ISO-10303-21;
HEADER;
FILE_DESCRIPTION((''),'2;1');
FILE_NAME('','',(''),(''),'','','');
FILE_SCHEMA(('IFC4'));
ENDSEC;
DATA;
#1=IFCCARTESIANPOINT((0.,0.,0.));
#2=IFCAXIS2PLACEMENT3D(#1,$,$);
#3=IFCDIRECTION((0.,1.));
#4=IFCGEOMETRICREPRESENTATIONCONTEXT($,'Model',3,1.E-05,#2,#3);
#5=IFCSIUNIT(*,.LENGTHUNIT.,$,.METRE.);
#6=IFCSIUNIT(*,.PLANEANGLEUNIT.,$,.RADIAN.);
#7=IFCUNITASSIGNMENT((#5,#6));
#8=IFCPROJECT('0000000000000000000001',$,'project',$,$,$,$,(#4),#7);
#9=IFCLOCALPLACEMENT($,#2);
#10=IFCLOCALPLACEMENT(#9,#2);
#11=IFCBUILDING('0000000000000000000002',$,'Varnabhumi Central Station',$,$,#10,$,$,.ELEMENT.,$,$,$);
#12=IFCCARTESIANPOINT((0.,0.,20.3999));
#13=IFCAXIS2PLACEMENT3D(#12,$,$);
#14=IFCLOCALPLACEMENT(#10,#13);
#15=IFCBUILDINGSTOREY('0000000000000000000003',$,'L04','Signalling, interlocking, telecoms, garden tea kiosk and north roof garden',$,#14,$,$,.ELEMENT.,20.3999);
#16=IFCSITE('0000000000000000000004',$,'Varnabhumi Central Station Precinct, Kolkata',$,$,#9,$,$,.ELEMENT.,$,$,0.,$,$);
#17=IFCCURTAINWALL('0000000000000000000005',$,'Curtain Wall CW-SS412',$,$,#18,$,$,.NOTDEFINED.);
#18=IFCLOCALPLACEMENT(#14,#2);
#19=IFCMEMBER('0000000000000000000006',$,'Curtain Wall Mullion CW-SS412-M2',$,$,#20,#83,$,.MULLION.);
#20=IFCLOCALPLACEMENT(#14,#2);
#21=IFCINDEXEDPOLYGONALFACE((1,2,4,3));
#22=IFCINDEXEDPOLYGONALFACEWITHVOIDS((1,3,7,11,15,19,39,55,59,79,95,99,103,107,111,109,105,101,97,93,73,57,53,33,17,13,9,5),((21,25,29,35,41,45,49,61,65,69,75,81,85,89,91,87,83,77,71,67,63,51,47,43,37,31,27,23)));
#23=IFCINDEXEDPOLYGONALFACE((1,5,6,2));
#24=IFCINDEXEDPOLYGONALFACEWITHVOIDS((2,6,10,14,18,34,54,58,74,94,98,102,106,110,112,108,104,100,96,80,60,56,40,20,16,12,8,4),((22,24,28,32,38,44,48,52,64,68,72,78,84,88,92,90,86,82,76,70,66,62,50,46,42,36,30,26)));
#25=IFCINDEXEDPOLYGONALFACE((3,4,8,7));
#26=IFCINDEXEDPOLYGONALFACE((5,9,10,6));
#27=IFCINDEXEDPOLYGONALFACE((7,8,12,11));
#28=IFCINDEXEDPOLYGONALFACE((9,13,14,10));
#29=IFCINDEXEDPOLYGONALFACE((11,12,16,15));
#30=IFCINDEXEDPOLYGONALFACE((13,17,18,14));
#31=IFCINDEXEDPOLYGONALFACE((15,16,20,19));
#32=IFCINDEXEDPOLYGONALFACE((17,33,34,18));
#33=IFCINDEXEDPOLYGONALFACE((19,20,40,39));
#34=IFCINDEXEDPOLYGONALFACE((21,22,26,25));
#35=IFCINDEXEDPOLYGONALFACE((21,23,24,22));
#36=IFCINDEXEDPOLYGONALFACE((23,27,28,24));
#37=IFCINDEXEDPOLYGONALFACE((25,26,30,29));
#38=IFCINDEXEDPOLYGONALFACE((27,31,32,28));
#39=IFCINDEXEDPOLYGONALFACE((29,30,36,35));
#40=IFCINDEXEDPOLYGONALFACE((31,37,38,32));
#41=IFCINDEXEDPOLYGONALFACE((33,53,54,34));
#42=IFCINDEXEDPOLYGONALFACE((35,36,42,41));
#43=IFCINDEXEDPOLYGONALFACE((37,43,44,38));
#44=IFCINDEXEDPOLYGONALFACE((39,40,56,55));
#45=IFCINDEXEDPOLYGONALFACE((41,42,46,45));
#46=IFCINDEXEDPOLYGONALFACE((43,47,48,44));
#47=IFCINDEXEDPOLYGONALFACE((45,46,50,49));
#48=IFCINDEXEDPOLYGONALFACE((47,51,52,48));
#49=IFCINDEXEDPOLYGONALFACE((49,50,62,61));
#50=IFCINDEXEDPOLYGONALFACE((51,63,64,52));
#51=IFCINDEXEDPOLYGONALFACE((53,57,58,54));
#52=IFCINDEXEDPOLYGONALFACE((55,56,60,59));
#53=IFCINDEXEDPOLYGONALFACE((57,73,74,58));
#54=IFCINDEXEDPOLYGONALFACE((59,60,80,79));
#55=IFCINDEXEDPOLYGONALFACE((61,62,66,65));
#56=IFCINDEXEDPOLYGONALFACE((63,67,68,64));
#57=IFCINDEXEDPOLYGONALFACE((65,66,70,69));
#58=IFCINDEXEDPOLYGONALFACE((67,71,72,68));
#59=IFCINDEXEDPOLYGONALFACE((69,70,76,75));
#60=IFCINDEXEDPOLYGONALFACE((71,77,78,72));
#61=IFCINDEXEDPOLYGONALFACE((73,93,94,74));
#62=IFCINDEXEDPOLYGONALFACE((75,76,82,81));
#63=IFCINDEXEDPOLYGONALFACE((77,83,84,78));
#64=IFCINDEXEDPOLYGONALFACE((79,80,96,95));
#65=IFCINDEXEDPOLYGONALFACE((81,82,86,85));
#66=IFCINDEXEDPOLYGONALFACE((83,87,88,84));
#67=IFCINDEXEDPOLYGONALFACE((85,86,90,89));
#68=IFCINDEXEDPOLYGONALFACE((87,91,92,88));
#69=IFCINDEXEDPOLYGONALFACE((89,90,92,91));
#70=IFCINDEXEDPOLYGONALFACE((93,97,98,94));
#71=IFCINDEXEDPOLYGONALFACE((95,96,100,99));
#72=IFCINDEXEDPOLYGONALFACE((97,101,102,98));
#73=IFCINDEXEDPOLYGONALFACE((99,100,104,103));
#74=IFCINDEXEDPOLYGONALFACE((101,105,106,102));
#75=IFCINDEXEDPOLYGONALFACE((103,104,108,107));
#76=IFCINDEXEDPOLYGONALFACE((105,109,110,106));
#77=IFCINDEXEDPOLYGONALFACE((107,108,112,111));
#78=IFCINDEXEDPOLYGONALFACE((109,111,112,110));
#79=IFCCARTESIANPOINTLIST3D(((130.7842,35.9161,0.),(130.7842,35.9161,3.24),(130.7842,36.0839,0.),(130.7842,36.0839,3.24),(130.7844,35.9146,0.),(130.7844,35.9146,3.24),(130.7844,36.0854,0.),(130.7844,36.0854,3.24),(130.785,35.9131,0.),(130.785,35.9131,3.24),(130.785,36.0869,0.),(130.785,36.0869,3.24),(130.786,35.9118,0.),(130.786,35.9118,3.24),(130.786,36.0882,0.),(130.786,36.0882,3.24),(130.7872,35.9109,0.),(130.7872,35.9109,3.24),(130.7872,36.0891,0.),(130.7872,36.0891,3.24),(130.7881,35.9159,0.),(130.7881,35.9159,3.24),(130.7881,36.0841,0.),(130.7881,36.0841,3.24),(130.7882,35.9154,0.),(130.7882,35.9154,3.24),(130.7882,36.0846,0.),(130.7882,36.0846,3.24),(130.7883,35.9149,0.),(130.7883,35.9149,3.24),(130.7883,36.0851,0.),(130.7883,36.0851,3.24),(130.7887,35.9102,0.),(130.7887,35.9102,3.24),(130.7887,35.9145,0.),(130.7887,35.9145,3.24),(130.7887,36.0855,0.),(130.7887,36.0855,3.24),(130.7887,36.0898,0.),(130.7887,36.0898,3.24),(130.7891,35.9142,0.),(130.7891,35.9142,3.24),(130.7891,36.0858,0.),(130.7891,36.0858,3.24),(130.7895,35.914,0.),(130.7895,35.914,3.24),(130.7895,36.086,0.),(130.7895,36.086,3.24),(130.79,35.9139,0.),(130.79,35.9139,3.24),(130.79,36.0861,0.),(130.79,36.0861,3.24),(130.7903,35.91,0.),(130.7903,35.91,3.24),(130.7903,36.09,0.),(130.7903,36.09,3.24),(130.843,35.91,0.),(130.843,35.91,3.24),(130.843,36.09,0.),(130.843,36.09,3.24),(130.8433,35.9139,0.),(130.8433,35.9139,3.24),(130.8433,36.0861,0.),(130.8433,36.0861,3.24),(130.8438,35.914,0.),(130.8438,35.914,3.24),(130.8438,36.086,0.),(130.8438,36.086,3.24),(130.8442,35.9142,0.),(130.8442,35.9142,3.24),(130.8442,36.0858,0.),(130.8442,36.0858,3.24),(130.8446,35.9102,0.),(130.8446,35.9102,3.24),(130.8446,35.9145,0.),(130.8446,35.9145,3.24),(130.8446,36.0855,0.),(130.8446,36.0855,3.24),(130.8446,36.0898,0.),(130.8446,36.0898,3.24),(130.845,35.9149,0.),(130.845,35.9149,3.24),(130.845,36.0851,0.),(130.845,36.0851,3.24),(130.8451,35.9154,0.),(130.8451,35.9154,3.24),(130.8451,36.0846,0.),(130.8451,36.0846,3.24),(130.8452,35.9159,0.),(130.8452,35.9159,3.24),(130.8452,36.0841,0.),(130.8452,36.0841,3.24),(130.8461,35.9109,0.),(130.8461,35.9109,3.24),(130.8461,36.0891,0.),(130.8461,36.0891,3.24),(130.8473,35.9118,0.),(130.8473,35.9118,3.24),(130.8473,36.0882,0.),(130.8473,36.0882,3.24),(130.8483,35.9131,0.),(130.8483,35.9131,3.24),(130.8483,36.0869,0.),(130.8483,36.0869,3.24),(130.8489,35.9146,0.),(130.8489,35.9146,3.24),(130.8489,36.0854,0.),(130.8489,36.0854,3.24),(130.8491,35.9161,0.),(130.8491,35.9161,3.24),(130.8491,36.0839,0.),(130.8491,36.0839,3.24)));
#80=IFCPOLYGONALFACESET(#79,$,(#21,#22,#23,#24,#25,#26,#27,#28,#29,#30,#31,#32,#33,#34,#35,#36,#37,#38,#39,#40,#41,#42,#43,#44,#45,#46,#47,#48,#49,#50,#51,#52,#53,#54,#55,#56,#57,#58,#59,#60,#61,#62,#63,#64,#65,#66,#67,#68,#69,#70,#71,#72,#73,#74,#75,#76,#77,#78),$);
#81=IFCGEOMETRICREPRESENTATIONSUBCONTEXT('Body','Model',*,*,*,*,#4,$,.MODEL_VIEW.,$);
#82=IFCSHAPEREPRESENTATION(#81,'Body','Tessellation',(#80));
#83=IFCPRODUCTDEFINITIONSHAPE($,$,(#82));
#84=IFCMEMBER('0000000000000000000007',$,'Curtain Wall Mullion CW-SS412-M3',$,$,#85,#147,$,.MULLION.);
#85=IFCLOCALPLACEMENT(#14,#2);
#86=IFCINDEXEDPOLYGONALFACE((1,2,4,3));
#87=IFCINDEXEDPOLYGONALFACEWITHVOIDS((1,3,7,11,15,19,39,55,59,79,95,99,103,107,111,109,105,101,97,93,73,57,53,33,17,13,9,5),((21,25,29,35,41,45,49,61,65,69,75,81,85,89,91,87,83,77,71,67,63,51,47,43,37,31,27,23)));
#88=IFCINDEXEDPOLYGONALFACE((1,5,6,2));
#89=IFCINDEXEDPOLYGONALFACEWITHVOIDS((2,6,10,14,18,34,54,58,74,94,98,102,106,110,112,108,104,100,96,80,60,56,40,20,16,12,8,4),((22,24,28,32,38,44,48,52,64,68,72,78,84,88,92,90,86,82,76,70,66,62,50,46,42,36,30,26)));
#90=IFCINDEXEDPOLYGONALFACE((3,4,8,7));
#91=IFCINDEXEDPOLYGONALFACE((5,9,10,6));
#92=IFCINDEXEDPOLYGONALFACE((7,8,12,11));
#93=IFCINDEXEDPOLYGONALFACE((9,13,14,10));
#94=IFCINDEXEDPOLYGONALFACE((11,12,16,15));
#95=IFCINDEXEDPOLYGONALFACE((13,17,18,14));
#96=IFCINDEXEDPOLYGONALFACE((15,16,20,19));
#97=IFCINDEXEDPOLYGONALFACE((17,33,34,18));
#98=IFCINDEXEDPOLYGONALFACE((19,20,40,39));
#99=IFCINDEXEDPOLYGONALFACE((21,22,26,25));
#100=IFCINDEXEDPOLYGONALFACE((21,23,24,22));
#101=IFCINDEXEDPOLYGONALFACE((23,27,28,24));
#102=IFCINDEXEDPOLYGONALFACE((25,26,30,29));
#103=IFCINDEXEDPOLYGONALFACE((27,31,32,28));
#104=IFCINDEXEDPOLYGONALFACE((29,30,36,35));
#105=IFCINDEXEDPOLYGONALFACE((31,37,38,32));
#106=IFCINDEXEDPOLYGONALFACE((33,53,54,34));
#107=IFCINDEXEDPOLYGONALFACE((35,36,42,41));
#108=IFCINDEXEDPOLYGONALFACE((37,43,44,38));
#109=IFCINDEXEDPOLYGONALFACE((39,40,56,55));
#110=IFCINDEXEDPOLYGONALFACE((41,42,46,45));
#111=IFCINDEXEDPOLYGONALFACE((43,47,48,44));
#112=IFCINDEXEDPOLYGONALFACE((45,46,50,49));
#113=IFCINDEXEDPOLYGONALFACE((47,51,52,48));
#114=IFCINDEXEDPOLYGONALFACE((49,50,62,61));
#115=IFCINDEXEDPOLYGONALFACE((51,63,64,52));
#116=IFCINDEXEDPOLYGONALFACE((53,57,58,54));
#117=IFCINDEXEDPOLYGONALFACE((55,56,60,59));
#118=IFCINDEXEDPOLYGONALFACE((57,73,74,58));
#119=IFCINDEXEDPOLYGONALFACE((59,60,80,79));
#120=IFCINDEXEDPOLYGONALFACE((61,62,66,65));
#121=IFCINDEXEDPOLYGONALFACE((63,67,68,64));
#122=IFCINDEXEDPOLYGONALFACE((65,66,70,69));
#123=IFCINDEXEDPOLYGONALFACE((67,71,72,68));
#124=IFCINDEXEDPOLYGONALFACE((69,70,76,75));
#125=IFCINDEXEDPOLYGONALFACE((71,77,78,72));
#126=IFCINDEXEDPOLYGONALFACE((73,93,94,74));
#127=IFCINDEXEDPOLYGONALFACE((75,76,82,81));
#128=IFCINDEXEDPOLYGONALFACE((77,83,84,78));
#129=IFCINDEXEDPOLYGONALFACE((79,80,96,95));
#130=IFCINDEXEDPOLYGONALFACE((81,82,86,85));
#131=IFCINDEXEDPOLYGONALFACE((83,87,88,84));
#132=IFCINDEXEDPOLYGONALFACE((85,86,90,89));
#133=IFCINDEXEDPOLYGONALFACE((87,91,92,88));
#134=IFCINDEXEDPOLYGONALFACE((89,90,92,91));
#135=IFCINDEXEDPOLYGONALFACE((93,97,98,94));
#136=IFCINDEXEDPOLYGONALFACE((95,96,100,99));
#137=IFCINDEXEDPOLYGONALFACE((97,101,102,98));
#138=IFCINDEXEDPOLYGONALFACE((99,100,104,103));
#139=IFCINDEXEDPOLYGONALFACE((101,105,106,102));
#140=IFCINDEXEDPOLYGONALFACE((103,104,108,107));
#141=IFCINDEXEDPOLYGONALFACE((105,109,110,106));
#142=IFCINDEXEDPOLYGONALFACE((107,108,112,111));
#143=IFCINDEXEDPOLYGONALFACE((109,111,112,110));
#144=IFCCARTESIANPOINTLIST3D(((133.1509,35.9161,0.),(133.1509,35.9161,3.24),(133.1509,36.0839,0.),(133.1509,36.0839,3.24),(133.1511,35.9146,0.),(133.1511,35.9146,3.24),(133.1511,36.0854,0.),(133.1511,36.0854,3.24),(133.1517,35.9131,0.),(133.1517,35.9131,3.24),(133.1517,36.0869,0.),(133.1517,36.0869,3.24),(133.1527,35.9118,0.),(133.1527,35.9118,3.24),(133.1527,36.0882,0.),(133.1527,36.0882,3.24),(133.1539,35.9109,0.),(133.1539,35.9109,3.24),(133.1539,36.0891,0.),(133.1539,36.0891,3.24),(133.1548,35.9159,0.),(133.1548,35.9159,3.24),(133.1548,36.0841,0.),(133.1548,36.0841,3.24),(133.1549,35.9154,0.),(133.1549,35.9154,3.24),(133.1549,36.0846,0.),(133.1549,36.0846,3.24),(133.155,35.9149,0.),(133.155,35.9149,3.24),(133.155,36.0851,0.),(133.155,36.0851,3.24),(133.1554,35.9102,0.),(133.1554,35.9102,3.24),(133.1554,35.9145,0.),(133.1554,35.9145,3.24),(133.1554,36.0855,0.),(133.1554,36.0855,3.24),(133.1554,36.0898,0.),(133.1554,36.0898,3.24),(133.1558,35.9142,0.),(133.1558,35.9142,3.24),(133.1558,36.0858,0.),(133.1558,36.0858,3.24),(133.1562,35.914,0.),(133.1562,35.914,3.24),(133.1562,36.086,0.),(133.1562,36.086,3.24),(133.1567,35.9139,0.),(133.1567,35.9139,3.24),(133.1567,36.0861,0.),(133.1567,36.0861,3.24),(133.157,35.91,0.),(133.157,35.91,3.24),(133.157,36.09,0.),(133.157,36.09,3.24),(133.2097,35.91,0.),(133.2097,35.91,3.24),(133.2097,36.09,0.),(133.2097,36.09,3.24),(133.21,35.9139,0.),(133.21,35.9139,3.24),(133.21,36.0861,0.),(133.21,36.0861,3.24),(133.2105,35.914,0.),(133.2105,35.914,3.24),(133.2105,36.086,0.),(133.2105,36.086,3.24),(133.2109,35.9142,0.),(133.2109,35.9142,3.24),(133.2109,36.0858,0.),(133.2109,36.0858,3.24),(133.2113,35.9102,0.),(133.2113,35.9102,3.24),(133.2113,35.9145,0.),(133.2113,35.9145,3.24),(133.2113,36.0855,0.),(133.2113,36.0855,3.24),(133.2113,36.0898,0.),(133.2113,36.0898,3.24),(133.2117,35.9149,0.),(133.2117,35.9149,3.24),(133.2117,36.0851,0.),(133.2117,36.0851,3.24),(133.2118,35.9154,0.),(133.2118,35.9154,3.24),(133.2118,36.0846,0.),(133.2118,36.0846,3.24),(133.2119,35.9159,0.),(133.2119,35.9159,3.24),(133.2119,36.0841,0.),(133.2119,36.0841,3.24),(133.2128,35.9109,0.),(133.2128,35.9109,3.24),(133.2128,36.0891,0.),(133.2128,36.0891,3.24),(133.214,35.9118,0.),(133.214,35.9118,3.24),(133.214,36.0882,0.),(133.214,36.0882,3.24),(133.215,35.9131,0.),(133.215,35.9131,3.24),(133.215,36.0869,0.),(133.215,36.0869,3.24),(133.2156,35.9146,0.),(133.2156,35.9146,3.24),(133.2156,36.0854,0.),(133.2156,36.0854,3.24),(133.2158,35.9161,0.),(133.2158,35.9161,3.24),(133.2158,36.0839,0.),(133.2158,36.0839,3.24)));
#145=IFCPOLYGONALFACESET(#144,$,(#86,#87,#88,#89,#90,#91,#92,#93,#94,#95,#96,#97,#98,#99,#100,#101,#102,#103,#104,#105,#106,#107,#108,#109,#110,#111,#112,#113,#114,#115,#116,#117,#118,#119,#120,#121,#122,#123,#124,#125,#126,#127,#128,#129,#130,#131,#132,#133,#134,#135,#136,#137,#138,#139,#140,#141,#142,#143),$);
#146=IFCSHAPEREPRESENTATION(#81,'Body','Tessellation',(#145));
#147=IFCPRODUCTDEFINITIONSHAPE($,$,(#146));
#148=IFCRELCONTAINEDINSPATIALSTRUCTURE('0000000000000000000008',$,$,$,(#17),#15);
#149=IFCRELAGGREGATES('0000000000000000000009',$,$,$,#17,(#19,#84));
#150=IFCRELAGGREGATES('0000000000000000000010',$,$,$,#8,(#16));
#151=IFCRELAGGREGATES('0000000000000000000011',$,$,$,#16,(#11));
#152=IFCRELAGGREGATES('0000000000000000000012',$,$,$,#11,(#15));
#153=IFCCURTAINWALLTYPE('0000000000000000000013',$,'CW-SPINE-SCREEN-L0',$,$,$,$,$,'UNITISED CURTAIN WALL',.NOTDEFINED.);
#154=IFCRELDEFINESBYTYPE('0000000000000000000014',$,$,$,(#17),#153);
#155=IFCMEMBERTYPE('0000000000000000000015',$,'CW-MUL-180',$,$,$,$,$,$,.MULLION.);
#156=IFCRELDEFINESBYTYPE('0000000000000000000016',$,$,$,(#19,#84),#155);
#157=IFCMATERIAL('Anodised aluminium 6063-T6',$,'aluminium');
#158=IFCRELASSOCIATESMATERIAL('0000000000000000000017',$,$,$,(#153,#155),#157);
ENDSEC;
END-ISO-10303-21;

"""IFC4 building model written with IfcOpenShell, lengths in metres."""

from ifc_helpers import new_model, si_unit, direction, frame, origin, origin_2d, place, context, subcontext, project, spatial, hollow_rectangle, extrude, material, material_profile, profile_set, type_object, element, aggregate, save


model = new_model("IFC4")

# Units and contexts
model_context = context("Model", 3, precision=1e-05, world=origin(), true_north=direction((0.0, 1.0)))
body_context = subcontext(model_context, "Body", "Model", "MODEL_VIEW")
ifc_project = project(units=[si_unit("LENGTHUNIT", "METRE"), si_unit("PLANEANGLEUNIT", "RADIAN")], contexts=[model_context])

# Site, building, storey
site_placement = place(None, origin())
site = spatial("IfcSite", under=ifc_project, at=site_placement, Name="Varnabhumi Central Station Precinct, Kolkata", CompositionType="ELEMENT", RefElevation=0.0)
building_placement = place(site_placement, origin())
building = spatial("IfcBuilding", under=site, at=building_placement, Name="Varnabhumi Central Station", CompositionType="ELEMENT")
storey_placement = place(building_placement, frame((0.0, 0.0, 20.3999)))
storey = spatial("IfcBuildingStorey", under=building, at=storey_placement, Name="L04", Description="Signalling, interlocking, telecoms, garden tea kiosk and north roof garden", CompositionType="ELEMENT", Elevation=20.3999)

# Curtain wall, members
ifc_material_1 = material(Name="Anodised aluminium 6063-T6", Category="aluminium")
curtain_wall_type_1 = type_object("IfcCurtainWallType", Name="CW-SPINE-SCREEN-L0", ElementType="UNITISED CURTAIN WALL", PredefinedType="NOTDEFINED", material=ifc_material_1)
curtain_wall_1_placement = place(storey_placement, origin())
curtain_wall_1 = element("IfcCurtainWall", 1, at=curtain_wall_1_placement, inside=storey, type_object=curtain_wall_type_1, Name="Curtain Wall CW-SS412", PredefinedType="NOTDEFINED")
ifc_material_profile_1 = material_profile(ifc_material_1, hollow_rectangle(XDim=0.0649, YDim=0.1799, WallThickness=0.0039, InnerFilletRadius=0.002, OuterFilletRadius=0.0061, at=origin_2d()), Name="Anodised aluminium 6063-T6", Category="aluminium")
ifc_profile_set_1 = profile_set([ifc_material_profile_1], Name="Anodised aluminium 6063-T6")
member_type_1 = type_object("IfcMemberType", Name="CW-MUL-180", PredefinedType="MULLION", material=ifc_profile_set_1)
member_1_placement = place(storey_placement, frame((130.8167, 36.0, 0.0), z_axis=(0.0, 0.0, 1.0), x_axis=(1.0, 0.0, 0.0)))
member_1 = element("IfcMember", 2, at=member_1_placement, type_object=member_type_1, Name="Curtain Wall Mullion CW-SS412-M2", PredefinedType="MULLION", context=body_context, shape_type="SweptSolid", body=[
    extrude(hollow_rectangle(XDim=0.0649, YDim=0.1799, WallThickness=0.0039, InnerFilletRadius=0.002, OuterFilletRadius=0.0061, at=origin_2d()), origin(), (0.0, 0.0, 1.0), 3.24),
])
member_2_placement = place(storey_placement, frame((133.1833, 36.0, 0.0), z_axis=(0.0, 0.0, 1.0), x_axis=(1.0, 0.0, 0.0)))
member_2 = element("IfcMember", 3, at=member_2_placement, type_object=member_type_1, Name="Curtain Wall Mullion CW-SS412-M3", PredefinedType="MULLION", context=body_context, shape_type="SweptSolid", body=[
    extrude(hollow_rectangle(XDim=0.0649, YDim=0.1799, WallThickness=0.0039, InnerFilletRadius=0.002, OuterFilletRadius=0.0061, at=origin_2d()), origin(), (0.0, 0.0, 1.0), 3.24),
])

aggregate(curtain_wall_1, [member_1, member_2])

save(model, "model.ifc")
